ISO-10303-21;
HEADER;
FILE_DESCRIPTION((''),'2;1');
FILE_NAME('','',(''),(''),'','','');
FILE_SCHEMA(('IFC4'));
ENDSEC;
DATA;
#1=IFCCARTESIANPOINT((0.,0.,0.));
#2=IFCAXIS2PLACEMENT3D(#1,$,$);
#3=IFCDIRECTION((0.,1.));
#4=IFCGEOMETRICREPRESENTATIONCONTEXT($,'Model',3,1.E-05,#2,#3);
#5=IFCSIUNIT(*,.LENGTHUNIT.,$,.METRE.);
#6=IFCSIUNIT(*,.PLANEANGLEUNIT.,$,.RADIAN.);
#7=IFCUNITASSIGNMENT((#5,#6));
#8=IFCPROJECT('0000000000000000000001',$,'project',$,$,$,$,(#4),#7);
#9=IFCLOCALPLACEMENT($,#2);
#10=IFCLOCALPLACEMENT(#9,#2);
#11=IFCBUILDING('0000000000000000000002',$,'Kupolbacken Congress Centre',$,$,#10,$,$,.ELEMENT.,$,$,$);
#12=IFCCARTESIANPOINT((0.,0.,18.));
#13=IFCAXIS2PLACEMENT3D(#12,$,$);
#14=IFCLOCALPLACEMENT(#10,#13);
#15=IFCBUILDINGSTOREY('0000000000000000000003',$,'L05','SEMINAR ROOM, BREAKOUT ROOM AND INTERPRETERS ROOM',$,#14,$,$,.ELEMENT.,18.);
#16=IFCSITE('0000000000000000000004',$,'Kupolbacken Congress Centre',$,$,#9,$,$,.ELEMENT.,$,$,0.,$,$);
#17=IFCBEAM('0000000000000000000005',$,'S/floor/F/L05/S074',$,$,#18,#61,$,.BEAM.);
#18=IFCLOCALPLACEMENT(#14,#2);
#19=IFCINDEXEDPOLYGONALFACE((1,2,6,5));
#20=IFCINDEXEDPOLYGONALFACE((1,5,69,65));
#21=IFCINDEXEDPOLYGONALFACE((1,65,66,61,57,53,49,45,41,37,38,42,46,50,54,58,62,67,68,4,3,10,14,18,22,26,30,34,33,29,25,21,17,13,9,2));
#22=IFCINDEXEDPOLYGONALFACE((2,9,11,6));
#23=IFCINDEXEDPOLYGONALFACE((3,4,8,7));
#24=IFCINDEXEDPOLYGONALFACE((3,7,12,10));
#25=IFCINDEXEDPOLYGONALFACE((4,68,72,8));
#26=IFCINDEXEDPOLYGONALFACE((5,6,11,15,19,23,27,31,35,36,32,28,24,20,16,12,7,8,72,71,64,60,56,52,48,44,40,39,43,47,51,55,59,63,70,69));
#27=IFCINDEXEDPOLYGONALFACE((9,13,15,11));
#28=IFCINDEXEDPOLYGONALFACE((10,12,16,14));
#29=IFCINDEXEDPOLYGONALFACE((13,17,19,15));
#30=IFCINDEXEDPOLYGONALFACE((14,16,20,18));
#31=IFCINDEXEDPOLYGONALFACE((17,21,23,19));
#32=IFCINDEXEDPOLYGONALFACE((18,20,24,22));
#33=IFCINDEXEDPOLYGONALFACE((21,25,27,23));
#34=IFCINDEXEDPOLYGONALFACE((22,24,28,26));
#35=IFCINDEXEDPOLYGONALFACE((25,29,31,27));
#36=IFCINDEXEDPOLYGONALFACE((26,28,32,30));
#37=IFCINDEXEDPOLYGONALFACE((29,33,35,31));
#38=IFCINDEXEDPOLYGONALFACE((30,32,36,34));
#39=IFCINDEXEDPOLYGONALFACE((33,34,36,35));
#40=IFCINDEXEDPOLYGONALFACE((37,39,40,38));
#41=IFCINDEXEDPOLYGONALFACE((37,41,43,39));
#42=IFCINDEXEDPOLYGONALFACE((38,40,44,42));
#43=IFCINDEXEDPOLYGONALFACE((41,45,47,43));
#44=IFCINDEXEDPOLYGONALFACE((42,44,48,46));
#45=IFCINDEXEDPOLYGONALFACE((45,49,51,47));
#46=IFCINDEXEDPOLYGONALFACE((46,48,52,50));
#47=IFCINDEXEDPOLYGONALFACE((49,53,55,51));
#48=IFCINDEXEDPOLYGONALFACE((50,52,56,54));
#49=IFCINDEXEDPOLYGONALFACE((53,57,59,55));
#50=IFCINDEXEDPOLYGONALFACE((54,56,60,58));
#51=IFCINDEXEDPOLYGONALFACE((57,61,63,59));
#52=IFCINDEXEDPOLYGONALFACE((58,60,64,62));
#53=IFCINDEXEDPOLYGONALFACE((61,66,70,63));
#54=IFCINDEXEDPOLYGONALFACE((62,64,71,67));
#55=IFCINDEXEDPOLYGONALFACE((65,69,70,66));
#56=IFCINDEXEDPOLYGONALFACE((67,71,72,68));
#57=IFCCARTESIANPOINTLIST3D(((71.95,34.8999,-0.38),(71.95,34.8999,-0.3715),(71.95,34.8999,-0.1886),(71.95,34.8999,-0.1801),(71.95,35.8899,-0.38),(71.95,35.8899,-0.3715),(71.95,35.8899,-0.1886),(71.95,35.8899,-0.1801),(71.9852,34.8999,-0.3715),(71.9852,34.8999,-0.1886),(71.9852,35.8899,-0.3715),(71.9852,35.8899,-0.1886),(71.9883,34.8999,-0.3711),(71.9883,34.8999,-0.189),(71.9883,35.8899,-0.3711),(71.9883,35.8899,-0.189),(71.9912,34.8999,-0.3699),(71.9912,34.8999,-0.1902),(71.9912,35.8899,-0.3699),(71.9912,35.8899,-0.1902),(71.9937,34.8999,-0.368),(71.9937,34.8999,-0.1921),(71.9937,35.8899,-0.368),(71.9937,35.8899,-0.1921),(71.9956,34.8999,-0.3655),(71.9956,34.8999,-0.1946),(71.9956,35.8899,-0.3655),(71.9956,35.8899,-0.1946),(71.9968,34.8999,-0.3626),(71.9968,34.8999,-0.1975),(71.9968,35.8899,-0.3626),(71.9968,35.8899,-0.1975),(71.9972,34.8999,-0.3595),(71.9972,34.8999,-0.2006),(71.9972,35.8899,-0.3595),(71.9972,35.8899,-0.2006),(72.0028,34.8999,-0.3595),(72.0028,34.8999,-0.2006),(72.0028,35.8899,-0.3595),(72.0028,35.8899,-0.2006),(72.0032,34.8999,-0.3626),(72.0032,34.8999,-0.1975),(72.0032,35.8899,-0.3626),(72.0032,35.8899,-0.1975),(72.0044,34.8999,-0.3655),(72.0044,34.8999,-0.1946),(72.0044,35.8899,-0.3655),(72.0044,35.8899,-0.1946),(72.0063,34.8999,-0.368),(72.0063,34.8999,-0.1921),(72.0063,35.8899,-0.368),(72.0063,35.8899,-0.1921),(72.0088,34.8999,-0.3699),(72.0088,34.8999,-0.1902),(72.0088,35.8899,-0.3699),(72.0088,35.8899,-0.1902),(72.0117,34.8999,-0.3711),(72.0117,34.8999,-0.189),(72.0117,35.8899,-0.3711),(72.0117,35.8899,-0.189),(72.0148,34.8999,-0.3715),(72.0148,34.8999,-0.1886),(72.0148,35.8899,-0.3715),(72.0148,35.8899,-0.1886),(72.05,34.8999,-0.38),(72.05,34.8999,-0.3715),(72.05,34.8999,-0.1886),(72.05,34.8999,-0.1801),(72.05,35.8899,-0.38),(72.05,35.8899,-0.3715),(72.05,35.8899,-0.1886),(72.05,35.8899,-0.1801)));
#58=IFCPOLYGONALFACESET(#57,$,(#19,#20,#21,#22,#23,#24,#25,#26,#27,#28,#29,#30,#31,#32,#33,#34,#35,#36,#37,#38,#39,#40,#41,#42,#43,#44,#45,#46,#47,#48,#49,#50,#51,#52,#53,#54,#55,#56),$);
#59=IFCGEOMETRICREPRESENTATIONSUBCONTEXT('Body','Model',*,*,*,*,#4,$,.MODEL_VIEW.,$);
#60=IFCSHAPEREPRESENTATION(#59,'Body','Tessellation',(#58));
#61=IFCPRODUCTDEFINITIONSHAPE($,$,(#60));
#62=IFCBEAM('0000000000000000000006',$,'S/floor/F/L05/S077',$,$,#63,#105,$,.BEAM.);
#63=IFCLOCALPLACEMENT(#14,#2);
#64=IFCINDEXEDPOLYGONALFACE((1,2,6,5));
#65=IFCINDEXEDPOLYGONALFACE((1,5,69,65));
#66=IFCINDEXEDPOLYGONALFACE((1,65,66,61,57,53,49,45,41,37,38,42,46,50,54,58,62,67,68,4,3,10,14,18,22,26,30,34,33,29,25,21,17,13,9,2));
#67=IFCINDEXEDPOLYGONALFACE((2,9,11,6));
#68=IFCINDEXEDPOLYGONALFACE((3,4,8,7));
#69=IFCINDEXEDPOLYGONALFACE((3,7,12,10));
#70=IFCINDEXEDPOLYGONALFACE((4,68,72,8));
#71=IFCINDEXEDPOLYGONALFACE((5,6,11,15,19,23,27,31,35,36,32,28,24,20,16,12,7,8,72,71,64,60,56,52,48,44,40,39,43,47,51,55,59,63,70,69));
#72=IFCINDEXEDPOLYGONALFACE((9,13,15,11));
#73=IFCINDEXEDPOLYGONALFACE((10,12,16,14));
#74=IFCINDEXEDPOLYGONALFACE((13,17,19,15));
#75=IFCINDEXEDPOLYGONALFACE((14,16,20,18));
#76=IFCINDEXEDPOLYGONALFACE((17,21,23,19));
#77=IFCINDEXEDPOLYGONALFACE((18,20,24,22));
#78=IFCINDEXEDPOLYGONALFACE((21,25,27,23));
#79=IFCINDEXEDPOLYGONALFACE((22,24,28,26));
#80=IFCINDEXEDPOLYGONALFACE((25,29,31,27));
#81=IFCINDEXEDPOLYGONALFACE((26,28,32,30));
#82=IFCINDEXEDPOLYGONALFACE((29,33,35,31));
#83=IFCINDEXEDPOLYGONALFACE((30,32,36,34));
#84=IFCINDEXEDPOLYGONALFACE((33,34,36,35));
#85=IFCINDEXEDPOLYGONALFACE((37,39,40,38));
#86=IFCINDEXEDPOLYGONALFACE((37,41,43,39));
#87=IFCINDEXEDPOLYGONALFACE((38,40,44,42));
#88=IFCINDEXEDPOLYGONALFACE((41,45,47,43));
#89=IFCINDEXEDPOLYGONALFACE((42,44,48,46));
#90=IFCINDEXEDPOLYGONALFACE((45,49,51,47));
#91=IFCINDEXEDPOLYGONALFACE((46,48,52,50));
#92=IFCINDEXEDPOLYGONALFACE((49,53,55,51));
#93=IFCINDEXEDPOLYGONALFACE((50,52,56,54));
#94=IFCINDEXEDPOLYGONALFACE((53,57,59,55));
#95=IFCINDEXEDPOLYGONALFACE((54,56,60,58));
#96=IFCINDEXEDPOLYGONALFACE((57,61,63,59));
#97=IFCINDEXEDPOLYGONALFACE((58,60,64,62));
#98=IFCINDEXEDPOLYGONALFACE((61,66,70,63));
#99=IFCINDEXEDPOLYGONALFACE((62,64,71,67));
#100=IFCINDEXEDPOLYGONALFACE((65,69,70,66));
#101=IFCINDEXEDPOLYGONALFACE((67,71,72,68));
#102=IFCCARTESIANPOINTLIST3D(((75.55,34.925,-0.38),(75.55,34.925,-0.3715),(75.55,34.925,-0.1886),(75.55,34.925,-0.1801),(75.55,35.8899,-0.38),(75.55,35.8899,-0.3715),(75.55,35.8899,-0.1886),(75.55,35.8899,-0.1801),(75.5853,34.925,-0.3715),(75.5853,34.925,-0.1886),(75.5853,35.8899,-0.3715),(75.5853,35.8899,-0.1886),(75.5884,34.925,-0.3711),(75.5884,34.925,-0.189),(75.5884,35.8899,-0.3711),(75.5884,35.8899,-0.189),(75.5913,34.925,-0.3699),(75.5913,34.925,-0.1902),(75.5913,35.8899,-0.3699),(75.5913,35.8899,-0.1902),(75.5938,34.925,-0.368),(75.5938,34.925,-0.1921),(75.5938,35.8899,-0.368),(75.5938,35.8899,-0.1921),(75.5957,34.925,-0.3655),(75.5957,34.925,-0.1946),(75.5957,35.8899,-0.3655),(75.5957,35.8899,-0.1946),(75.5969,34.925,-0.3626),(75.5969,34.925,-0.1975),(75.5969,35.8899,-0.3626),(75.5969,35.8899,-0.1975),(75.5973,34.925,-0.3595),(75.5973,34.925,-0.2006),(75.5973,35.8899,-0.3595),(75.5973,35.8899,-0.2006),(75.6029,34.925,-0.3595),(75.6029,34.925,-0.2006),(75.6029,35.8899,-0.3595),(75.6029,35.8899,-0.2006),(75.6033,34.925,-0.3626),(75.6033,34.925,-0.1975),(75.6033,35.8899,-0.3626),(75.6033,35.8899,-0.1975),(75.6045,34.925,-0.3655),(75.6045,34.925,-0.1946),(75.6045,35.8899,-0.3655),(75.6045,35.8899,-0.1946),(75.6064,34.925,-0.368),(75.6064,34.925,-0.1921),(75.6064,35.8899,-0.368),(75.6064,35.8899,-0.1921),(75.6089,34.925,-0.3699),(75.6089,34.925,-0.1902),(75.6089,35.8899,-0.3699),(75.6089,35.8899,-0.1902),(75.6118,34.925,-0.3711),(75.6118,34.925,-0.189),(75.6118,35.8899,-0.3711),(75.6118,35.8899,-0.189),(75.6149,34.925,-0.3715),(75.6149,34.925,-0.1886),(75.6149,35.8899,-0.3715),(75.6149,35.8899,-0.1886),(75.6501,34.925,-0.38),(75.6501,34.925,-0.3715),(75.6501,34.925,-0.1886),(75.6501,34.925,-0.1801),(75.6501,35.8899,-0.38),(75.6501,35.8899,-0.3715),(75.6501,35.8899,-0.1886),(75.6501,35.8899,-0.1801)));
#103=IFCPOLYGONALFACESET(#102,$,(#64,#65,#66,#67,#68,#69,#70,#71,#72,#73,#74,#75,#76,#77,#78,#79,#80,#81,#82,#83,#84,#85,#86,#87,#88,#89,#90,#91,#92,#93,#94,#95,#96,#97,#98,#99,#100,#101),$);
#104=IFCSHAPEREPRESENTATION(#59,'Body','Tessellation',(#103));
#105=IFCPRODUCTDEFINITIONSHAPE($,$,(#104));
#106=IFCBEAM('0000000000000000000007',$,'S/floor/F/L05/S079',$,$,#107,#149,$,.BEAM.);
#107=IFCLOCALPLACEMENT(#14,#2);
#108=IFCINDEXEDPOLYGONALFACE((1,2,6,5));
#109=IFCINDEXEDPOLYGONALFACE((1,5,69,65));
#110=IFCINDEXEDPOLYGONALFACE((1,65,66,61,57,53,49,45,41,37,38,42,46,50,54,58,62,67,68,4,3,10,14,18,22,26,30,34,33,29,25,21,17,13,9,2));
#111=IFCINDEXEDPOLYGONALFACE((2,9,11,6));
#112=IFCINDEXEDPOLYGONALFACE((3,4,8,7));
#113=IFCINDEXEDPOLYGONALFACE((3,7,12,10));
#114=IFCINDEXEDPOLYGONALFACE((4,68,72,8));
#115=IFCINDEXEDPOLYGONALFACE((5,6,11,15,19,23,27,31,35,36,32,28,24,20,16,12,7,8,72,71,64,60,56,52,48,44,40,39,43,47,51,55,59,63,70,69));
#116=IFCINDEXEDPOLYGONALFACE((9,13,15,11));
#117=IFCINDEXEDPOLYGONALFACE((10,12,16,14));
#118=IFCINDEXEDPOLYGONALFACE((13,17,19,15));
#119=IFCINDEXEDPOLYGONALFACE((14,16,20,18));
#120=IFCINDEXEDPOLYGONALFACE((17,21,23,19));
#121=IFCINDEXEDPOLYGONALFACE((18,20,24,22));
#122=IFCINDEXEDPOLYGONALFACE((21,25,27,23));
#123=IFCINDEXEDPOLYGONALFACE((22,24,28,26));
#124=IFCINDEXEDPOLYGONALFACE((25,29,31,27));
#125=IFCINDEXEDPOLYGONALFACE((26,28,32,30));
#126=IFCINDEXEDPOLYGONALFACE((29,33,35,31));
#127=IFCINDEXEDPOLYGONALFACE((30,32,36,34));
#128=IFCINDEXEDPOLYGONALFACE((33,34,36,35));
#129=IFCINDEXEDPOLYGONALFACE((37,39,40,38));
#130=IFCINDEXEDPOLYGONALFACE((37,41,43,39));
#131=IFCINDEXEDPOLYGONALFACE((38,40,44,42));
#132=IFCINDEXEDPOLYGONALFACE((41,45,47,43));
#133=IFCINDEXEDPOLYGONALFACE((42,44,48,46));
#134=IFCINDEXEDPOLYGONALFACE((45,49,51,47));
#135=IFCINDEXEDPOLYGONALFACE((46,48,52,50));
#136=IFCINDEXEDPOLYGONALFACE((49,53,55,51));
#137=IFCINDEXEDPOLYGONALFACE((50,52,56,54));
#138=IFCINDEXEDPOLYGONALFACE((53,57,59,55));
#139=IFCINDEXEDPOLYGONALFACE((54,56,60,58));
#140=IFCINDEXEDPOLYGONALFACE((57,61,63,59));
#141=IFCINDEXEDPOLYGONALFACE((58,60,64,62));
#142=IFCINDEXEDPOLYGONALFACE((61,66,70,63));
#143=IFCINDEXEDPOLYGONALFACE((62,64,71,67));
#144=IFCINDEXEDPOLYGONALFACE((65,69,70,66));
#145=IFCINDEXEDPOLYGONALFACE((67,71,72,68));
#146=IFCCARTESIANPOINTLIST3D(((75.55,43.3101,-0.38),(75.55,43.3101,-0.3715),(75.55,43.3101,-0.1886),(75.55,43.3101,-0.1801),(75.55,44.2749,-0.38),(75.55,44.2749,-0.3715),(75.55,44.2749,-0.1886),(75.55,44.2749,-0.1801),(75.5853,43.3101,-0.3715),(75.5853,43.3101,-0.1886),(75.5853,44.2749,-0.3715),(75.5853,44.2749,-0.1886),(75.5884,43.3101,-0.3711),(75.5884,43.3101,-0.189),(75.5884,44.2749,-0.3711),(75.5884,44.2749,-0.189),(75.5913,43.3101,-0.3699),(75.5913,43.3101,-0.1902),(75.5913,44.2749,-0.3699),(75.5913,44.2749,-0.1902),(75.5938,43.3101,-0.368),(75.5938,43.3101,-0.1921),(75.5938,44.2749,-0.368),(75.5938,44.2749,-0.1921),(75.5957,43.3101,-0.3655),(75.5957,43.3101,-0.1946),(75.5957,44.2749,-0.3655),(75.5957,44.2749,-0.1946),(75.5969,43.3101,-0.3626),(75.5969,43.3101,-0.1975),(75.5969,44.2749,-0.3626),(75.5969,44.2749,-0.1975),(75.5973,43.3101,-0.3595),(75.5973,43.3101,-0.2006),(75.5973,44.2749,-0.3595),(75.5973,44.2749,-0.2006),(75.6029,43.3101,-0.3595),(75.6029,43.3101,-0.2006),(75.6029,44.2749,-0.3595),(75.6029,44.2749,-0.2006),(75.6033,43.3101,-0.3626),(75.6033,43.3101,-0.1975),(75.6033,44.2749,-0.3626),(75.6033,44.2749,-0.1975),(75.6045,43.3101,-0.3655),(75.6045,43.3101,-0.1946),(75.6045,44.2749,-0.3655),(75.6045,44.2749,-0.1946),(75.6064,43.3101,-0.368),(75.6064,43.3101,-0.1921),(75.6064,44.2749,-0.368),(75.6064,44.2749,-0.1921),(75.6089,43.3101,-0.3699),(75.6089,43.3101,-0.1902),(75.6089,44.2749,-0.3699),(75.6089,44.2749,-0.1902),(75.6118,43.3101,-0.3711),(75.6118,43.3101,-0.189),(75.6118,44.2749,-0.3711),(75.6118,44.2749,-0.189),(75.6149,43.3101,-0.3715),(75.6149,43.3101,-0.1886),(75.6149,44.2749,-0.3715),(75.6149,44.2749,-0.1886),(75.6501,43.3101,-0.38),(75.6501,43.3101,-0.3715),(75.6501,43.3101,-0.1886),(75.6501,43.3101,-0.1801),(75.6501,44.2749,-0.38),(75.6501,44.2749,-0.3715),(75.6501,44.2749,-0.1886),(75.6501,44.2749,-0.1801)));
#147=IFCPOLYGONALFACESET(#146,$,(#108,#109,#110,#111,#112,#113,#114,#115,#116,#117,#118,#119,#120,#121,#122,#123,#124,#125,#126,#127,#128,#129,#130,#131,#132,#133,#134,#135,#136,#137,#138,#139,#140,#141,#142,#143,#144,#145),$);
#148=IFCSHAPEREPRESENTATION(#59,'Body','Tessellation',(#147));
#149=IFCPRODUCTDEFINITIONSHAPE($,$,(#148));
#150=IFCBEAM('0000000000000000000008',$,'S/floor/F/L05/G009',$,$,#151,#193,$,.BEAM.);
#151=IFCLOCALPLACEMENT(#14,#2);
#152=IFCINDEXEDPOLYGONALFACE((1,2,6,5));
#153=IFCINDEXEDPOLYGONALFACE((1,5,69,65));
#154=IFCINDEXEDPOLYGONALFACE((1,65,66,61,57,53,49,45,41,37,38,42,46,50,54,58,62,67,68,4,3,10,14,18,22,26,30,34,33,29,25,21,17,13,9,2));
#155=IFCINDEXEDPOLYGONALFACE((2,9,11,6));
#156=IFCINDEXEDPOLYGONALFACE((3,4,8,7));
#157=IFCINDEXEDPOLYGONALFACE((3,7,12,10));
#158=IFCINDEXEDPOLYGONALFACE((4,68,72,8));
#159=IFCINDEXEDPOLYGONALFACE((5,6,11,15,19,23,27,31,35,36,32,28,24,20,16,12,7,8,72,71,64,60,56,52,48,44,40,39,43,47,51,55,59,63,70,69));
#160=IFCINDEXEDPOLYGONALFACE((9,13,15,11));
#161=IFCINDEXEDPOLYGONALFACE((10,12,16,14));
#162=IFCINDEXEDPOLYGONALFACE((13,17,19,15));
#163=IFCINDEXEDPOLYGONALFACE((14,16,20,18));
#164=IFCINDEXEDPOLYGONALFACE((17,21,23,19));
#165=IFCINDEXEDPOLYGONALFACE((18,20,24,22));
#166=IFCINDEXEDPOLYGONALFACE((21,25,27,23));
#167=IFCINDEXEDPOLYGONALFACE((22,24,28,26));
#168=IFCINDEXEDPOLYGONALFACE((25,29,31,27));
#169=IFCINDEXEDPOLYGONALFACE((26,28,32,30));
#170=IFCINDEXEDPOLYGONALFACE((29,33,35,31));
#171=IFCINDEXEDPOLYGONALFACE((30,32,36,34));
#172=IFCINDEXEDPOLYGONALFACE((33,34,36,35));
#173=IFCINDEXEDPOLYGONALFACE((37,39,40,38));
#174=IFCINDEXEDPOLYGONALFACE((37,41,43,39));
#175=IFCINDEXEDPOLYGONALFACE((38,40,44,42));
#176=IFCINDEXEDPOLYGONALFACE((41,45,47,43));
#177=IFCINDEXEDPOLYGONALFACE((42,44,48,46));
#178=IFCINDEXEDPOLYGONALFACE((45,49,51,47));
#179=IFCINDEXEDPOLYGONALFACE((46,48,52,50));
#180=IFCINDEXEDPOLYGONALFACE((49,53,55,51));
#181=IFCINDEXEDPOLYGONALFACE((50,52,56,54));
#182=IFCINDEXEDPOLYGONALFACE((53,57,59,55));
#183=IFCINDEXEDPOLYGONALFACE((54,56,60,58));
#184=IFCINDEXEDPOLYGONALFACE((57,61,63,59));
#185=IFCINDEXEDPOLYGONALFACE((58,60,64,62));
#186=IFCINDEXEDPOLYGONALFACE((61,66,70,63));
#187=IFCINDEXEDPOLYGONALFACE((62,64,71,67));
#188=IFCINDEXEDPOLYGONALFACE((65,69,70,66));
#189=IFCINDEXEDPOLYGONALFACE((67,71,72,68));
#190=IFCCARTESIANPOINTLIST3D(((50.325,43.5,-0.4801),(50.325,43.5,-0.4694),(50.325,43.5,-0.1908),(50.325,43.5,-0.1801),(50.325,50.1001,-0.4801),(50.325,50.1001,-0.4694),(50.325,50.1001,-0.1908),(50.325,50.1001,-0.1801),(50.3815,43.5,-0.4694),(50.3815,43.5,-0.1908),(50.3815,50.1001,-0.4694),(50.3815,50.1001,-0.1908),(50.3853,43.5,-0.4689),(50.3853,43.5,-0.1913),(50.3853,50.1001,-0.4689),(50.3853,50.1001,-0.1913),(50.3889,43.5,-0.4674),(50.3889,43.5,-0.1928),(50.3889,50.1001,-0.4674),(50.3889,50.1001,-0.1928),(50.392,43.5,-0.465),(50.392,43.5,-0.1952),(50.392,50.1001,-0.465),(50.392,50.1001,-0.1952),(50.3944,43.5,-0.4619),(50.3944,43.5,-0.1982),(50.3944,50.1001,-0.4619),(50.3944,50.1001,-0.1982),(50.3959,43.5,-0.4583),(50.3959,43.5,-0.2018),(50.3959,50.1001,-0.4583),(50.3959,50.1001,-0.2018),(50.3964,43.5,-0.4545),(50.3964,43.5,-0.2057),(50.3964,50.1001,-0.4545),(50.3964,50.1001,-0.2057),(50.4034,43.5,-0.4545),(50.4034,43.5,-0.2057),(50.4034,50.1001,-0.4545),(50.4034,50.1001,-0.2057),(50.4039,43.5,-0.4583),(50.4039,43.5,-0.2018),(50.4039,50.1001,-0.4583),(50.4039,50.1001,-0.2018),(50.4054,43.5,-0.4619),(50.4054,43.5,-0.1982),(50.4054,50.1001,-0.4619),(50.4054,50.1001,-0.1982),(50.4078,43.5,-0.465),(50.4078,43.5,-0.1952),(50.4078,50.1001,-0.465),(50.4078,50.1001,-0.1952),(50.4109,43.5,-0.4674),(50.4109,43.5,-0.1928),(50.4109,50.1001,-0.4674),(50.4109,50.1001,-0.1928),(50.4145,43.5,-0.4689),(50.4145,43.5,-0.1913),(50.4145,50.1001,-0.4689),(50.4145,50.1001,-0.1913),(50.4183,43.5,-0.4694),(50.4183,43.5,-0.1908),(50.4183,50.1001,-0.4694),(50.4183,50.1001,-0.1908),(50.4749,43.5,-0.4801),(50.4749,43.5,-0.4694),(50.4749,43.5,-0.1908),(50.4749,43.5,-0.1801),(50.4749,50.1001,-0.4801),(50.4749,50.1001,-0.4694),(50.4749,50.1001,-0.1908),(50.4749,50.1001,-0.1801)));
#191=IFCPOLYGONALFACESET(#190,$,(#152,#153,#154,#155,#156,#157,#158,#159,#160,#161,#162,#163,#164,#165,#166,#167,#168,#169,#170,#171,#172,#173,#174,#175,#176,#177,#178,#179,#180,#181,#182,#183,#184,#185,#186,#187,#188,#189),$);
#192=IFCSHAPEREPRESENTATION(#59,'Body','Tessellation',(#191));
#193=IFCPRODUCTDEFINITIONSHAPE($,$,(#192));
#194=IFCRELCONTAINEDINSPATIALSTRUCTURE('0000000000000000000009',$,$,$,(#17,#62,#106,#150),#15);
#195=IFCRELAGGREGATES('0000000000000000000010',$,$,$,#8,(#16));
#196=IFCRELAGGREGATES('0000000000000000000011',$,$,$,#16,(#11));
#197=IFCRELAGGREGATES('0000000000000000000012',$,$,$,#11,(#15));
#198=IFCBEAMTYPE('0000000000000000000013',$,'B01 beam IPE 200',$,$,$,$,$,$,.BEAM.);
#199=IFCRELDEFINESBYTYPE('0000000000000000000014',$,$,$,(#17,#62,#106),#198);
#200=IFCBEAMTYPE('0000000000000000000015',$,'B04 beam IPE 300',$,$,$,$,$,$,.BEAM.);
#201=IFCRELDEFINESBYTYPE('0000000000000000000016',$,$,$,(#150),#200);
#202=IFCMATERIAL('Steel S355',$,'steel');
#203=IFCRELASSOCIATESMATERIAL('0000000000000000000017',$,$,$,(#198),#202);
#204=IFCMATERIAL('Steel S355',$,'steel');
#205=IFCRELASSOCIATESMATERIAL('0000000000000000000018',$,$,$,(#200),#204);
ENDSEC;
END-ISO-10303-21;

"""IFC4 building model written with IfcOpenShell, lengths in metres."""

from ifc_helpers import new_model, si_unit, direction, frame, origin, origin_2d, place, context, subcontext, project, spatial, i_section, extrude, material, material_profile, profile_set, type_object, element, save


model = new_model("IFC4")

# Units and contexts
model_context = context("Model", 3, precision=1e-05, world=origin(), true_north=direction((0.0, 1.0)))
body_context = subcontext(model_context, "Body", "Model", "MODEL_VIEW")
ifc_project = project(units=[si_unit("LENGTHUNIT", "METRE"), si_unit("PLANEANGLEUNIT", "RADIAN")], contexts=[model_context])

# Site, building, storey
site_placement = place(None, origin())
site = spatial("IfcSite", under=ifc_project, at=site_placement, Name="Kupolbacken Congress Centre", CompositionType="ELEMENT", RefElevation=0.0)
building_placement = place(site_placement, origin())
building = spatial("IfcBuilding", under=site, at=building_placement, Name="Kupolbacken Congress Centre", CompositionType="ELEMENT")
storey_placement = place(building_placement, frame((0.0, 0.0, 18.0)))
storey = spatial("IfcBuildingStorey", under=building, at=storey_placement, Name="L05", Description="SEMINAR ROOM, BREAKOUT ROOM AND INTERPRETERS ROOM", CompositionType="ELEMENT", Elevation=18.0)

# Beams
ifc_material_1 = material(Name="Steel S355", Category="steel")
ifc_material_profile_1 = material_profile(ifc_material_1, i_section(OverallWidth=0.1001, OverallDepth=0.2, WebThickness=0.0056, FlangeThickness=0.0085, FilletRadius=0.012, at=origin_2d()), Name="IPE 200")
ifc_profile_set_1 = profile_set([ifc_material_profile_1], Name="Steel S355")
beam_type_1 = type_object("IfcBeamType", Name="B01 beam IPE 200", PredefinedType="BEAM", material=ifc_profile_set_1)
beam_1_placement = place(storey_placement, frame((72.0, 34.8999, -0.28), z_axis=(0.0, 1.0, 0.0), x_axis=(-1.0, 0.0, 0.0)))
element("IfcBeam", 1, at=beam_1_placement, inside=storey, type_object=beam_type_1, Name="S/floor/F/L05/S074", PredefinedType="BEAM", context=body_context, shape_type="SweptSolid", body=[
    extrude(i_section(OverallWidth=0.1001, OverallDepth=0.2, WebThickness=0.0056, FlangeThickness=0.0085, FilletRadius=0.012, at=origin_2d()), origin(), (0.0, 0.0, 1.0), 0.99),
])
for number, where, z_axis, x_axis, name in (
    (2, (75.6001, 34.925, -0.28), (0.0, 1.0, 0.0), (-1.0, 0.0, 0.0), "S/floor/F/L05/S077"),
    (3, (75.6001, 43.3101, -0.28), (0.0, 1.0, 0.0), (-1.0, 0.0, 0.0), "S/floor/F/L05/S079"),
):
    element("IfcBeam", number, at=place(storey_placement, frame(where, z_axis=z_axis, x_axis=x_axis)), inside=storey, type_object=beam_type_1, Name=name, PredefinedType="BEAM", context=body_context, shape_type="SweptSolid", body=[
        extrude(i_section(OverallWidth=0.1001, OverallDepth=0.2, WebThickness=0.0056, FlangeThickness=0.0085, FilletRadius=0.012, at=origin_2d()), origin(), (0.0, 0.0, 1.0), 0.9648),
    ])
ifc_material_2 = material(Name="Steel S355", Category="steel")
ifc_material_profile_2 = material_profile(ifc_material_2, i_section(OverallWidth=0.1499, OverallDepth=0.3, WebThickness=0.0071, FlangeThickness=0.0107, FilletRadius=0.0149, at=origin_2d()), Name="IPE 300")
ifc_profile_set_2 = profile_set([ifc_material_profile_2], Name="Steel S355")
beam_type_2 = type_object("IfcBeamType", Name="B04 beam IPE 300", PredefinedType="BEAM", material=ifc_profile_set_2)
for number, where, z_axis, x_axis, name in (
    (4, (50.3999, 43.5, -0.3301), (0.0, 1.0, 0.0), (-1.0, 0.0, 0.0), "S/floor/F/L05/G009"),
):
    element("IfcBeam", number, at=place(storey_placement, frame(where, z_axis=z_axis, x_axis=x_axis)), inside=storey, type_object=beam_type_2, Name=name, PredefinedType="BEAM", context=body_context, shape_type="SweptSolid", body=[
        extrude(i_section(OverallWidth=0.1499, OverallDepth=0.3, WebThickness=0.0071, FlangeThickness=0.0107, FilletRadius=0.0149, at=origin_2d()), origin(), (0.0, 0.0, 1.0), 6.6001),
    ])

save(model, "model.ifc")
